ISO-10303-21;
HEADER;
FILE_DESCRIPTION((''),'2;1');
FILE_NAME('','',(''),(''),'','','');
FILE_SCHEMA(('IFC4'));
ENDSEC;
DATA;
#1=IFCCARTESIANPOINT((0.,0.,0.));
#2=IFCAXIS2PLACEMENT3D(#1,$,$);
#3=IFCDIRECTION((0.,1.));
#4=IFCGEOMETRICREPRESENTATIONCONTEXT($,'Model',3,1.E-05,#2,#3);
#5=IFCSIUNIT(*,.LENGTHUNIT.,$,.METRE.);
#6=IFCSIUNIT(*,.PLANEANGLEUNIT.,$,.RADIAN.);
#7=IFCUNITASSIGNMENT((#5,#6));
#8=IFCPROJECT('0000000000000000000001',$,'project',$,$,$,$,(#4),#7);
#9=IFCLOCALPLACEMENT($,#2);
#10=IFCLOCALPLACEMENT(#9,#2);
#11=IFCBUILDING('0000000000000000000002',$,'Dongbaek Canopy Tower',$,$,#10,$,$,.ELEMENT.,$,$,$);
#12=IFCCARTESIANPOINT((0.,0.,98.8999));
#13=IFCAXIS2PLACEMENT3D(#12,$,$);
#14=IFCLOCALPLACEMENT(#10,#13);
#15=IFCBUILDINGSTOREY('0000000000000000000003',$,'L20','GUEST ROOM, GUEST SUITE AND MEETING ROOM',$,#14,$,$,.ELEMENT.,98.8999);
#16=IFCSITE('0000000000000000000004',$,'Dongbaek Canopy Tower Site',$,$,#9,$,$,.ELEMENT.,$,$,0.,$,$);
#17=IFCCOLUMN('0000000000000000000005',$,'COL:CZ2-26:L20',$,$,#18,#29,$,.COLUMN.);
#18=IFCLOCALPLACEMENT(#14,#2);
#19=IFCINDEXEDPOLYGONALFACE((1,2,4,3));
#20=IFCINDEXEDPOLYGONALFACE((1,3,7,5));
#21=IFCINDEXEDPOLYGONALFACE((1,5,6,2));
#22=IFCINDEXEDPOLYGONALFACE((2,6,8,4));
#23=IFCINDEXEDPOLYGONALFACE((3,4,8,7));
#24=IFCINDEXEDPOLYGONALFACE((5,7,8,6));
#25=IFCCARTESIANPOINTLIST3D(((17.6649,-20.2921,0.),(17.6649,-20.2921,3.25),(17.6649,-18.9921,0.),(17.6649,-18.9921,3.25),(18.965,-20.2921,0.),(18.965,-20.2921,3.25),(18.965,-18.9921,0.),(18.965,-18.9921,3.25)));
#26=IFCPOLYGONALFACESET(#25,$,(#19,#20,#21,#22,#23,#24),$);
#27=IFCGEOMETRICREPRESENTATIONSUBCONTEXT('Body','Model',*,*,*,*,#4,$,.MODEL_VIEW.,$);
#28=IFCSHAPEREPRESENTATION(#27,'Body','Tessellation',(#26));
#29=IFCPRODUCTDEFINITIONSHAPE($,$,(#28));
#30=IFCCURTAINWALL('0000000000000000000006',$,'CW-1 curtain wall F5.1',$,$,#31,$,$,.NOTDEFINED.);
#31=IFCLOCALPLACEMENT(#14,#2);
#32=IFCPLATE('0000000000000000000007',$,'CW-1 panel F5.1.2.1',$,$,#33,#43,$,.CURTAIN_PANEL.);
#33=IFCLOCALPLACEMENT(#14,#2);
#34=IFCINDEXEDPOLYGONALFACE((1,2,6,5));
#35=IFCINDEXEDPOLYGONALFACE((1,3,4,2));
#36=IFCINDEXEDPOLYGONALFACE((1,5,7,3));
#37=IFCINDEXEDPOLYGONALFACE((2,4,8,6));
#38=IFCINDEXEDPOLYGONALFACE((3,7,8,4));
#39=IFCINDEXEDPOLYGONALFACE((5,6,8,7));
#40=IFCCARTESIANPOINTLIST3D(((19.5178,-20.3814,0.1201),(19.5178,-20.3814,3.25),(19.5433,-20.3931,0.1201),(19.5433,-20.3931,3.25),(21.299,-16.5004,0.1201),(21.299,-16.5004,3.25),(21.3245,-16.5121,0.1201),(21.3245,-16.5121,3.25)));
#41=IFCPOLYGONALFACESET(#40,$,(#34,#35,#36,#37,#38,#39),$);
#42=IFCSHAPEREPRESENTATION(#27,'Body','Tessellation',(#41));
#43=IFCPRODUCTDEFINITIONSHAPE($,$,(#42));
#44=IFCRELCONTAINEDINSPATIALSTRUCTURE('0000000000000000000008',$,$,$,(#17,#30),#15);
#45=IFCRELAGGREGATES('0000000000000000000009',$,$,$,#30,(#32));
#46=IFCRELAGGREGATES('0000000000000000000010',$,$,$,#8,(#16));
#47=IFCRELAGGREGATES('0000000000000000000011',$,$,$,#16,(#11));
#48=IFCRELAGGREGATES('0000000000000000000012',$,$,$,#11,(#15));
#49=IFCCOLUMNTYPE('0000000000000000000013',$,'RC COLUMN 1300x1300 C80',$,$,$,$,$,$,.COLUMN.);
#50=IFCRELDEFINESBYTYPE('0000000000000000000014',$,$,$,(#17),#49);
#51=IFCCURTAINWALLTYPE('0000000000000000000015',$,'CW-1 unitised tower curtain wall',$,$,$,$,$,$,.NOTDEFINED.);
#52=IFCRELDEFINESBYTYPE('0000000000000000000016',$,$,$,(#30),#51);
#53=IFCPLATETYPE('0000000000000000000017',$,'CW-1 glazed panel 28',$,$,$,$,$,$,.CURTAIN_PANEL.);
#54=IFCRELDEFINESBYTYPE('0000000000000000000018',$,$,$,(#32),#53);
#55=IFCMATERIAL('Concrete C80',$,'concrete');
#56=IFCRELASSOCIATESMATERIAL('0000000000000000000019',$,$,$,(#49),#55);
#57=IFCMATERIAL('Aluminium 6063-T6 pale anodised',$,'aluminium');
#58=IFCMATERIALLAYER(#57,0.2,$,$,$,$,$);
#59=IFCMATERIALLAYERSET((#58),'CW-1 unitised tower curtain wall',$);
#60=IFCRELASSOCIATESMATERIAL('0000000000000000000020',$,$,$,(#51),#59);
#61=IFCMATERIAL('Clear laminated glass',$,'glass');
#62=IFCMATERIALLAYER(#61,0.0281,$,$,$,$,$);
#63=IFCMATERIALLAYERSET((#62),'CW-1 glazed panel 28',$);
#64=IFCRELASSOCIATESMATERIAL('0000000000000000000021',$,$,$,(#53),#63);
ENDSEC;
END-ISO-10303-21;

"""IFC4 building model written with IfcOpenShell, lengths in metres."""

from ifc_helpers import new_model, si_unit, direction, frame, origin, origin_2d, place, context, subcontext, project, spatial, rectangle, extrude, material, layer, layer_set, material_profile, profile_set, type_object, element, aggregate, save


model = new_model("IFC4")

# Units and contexts
model_context = context("Model", 3, precision=1e-05, world=origin(), true_north=direction((0.0, 1.0)))
body_context = subcontext(model_context, "Body", "Model", "MODEL_VIEW")
ifc_project = project(units=[si_unit("LENGTHUNIT", "METRE"), si_unit("PLANEANGLEUNIT", "RADIAN")], contexts=[model_context])

# Site, building, storey
site_placement = place(None, origin())
site = spatial("IfcSite", under=ifc_project, at=site_placement, Name="Dongbaek Canopy Tower Site", CompositionType="ELEMENT", RefElevation=0.0)
building_placement = place(site_placement, origin())
building = spatial("IfcBuilding", under=site, at=building_placement, Name="Dongbaek Canopy Tower", CompositionType="ELEMENT")
storey_placement = place(building_placement, frame((0.0, 0.0, 98.8999)))
storey = spatial("IfcBuildingStorey", under=building, at=storey_placement, Name="L20", Description="GUEST ROOM, GUEST SUITE AND MEETING ROOM", CompositionType="ELEMENT", Elevation=98.8999)

# Column
ifc_material_1 = material(Name="Concrete C80", Category="concrete")
ifc_material_profile = material_profile(ifc_material_1, rectangle(XDim=1.3, YDim=1.3, at=origin_2d()), Name="RC COLUMN 1300x1300 C80")
ifc_profile_set = profile_set([ifc_material_profile], Name="Concrete C80")
column_type = type_object("IfcColumnType", Name="RC COLUMN 1300x1300 C80", PredefinedType="COLUMN", material=ifc_profile_set)
column_placement = place(storey_placement, frame((18.3149, -19.6421, 0.0), z_axis=(0.0, 0.0, 1.0), x_axis=(1.0, 0.0, 0.0)))
element("IfcColumn", 1, at=column_placement, inside=storey, type_object=column_type, Name="COL:CZ2-26:L20", PredefinedType="COLUMN", context=body_context, shape_type="SweptSolid", body=[
    extrude(rectangle(XDim=1.3, YDim=1.3, at=origin_2d()), origin(), (0.0, 0.0, 1.0), 3.25),
])

# Curtain wall, plate
ifc_material_2 = material(Name="Aluminium 6063-T6 pale anodised", Category="aluminium")
ifc_layer_1 = layer(ifc_material_2, 0.2)
ifc_layer_set_1 = layer_set([ifc_layer_1], Name="CW-1 unitised tower curtain wall")
curtain_wall_type = type_object("IfcCurtainWallType", Name="CW-1 unitised tower curtain wall", PredefinedType="NOTDEFINED", material=ifc_layer_set_1)
curtain_wall_placement = place(storey_placement, origin())
curtain_wall = element("IfcCurtainWall", 2, at=curtain_wall_placement, inside=storey, type_object=curtain_wall_type, Name="CW-1 curtain wall F5.1", PredefinedType="NOTDEFINED")
ifc_material_3 = material(Name="Clear laminated glass", Category="glass")
ifc_layer_2 = layer(ifc_material_3, 0.0281)
ifc_layer_set_2 = layer_set([ifc_layer_2], Name="CW-1 glazed panel 28")
plate_type = type_object("IfcPlateType", Name="CW-1 glazed panel 28", PredefinedType="CURTAIN_PANEL", material=ifc_layer_set_2)
plate_placement = place(storey_placement, frame((20.4211, -18.4468, 0.1201), z_axis=(0.0, 0.0, 1.0), x_axis=(0.417126, 0.908849, 0.0)))
plate = element("IfcPlate", 3, at=plate_placement, type_object=plate_type, Name="CW-1 panel F5.1.2.1", PredefinedType="CURTAIN_PANEL", context=body_context, shape_type="SweptSolid", body=[
    extrude(rectangle(XDim=4.2703, YDim=0.0281, at=origin_2d()), origin(), (0.0, 0.0, 1.0), 3.1299),
])

aggregate(curtain_wall, [plate])

save(model, "model.ifc")
